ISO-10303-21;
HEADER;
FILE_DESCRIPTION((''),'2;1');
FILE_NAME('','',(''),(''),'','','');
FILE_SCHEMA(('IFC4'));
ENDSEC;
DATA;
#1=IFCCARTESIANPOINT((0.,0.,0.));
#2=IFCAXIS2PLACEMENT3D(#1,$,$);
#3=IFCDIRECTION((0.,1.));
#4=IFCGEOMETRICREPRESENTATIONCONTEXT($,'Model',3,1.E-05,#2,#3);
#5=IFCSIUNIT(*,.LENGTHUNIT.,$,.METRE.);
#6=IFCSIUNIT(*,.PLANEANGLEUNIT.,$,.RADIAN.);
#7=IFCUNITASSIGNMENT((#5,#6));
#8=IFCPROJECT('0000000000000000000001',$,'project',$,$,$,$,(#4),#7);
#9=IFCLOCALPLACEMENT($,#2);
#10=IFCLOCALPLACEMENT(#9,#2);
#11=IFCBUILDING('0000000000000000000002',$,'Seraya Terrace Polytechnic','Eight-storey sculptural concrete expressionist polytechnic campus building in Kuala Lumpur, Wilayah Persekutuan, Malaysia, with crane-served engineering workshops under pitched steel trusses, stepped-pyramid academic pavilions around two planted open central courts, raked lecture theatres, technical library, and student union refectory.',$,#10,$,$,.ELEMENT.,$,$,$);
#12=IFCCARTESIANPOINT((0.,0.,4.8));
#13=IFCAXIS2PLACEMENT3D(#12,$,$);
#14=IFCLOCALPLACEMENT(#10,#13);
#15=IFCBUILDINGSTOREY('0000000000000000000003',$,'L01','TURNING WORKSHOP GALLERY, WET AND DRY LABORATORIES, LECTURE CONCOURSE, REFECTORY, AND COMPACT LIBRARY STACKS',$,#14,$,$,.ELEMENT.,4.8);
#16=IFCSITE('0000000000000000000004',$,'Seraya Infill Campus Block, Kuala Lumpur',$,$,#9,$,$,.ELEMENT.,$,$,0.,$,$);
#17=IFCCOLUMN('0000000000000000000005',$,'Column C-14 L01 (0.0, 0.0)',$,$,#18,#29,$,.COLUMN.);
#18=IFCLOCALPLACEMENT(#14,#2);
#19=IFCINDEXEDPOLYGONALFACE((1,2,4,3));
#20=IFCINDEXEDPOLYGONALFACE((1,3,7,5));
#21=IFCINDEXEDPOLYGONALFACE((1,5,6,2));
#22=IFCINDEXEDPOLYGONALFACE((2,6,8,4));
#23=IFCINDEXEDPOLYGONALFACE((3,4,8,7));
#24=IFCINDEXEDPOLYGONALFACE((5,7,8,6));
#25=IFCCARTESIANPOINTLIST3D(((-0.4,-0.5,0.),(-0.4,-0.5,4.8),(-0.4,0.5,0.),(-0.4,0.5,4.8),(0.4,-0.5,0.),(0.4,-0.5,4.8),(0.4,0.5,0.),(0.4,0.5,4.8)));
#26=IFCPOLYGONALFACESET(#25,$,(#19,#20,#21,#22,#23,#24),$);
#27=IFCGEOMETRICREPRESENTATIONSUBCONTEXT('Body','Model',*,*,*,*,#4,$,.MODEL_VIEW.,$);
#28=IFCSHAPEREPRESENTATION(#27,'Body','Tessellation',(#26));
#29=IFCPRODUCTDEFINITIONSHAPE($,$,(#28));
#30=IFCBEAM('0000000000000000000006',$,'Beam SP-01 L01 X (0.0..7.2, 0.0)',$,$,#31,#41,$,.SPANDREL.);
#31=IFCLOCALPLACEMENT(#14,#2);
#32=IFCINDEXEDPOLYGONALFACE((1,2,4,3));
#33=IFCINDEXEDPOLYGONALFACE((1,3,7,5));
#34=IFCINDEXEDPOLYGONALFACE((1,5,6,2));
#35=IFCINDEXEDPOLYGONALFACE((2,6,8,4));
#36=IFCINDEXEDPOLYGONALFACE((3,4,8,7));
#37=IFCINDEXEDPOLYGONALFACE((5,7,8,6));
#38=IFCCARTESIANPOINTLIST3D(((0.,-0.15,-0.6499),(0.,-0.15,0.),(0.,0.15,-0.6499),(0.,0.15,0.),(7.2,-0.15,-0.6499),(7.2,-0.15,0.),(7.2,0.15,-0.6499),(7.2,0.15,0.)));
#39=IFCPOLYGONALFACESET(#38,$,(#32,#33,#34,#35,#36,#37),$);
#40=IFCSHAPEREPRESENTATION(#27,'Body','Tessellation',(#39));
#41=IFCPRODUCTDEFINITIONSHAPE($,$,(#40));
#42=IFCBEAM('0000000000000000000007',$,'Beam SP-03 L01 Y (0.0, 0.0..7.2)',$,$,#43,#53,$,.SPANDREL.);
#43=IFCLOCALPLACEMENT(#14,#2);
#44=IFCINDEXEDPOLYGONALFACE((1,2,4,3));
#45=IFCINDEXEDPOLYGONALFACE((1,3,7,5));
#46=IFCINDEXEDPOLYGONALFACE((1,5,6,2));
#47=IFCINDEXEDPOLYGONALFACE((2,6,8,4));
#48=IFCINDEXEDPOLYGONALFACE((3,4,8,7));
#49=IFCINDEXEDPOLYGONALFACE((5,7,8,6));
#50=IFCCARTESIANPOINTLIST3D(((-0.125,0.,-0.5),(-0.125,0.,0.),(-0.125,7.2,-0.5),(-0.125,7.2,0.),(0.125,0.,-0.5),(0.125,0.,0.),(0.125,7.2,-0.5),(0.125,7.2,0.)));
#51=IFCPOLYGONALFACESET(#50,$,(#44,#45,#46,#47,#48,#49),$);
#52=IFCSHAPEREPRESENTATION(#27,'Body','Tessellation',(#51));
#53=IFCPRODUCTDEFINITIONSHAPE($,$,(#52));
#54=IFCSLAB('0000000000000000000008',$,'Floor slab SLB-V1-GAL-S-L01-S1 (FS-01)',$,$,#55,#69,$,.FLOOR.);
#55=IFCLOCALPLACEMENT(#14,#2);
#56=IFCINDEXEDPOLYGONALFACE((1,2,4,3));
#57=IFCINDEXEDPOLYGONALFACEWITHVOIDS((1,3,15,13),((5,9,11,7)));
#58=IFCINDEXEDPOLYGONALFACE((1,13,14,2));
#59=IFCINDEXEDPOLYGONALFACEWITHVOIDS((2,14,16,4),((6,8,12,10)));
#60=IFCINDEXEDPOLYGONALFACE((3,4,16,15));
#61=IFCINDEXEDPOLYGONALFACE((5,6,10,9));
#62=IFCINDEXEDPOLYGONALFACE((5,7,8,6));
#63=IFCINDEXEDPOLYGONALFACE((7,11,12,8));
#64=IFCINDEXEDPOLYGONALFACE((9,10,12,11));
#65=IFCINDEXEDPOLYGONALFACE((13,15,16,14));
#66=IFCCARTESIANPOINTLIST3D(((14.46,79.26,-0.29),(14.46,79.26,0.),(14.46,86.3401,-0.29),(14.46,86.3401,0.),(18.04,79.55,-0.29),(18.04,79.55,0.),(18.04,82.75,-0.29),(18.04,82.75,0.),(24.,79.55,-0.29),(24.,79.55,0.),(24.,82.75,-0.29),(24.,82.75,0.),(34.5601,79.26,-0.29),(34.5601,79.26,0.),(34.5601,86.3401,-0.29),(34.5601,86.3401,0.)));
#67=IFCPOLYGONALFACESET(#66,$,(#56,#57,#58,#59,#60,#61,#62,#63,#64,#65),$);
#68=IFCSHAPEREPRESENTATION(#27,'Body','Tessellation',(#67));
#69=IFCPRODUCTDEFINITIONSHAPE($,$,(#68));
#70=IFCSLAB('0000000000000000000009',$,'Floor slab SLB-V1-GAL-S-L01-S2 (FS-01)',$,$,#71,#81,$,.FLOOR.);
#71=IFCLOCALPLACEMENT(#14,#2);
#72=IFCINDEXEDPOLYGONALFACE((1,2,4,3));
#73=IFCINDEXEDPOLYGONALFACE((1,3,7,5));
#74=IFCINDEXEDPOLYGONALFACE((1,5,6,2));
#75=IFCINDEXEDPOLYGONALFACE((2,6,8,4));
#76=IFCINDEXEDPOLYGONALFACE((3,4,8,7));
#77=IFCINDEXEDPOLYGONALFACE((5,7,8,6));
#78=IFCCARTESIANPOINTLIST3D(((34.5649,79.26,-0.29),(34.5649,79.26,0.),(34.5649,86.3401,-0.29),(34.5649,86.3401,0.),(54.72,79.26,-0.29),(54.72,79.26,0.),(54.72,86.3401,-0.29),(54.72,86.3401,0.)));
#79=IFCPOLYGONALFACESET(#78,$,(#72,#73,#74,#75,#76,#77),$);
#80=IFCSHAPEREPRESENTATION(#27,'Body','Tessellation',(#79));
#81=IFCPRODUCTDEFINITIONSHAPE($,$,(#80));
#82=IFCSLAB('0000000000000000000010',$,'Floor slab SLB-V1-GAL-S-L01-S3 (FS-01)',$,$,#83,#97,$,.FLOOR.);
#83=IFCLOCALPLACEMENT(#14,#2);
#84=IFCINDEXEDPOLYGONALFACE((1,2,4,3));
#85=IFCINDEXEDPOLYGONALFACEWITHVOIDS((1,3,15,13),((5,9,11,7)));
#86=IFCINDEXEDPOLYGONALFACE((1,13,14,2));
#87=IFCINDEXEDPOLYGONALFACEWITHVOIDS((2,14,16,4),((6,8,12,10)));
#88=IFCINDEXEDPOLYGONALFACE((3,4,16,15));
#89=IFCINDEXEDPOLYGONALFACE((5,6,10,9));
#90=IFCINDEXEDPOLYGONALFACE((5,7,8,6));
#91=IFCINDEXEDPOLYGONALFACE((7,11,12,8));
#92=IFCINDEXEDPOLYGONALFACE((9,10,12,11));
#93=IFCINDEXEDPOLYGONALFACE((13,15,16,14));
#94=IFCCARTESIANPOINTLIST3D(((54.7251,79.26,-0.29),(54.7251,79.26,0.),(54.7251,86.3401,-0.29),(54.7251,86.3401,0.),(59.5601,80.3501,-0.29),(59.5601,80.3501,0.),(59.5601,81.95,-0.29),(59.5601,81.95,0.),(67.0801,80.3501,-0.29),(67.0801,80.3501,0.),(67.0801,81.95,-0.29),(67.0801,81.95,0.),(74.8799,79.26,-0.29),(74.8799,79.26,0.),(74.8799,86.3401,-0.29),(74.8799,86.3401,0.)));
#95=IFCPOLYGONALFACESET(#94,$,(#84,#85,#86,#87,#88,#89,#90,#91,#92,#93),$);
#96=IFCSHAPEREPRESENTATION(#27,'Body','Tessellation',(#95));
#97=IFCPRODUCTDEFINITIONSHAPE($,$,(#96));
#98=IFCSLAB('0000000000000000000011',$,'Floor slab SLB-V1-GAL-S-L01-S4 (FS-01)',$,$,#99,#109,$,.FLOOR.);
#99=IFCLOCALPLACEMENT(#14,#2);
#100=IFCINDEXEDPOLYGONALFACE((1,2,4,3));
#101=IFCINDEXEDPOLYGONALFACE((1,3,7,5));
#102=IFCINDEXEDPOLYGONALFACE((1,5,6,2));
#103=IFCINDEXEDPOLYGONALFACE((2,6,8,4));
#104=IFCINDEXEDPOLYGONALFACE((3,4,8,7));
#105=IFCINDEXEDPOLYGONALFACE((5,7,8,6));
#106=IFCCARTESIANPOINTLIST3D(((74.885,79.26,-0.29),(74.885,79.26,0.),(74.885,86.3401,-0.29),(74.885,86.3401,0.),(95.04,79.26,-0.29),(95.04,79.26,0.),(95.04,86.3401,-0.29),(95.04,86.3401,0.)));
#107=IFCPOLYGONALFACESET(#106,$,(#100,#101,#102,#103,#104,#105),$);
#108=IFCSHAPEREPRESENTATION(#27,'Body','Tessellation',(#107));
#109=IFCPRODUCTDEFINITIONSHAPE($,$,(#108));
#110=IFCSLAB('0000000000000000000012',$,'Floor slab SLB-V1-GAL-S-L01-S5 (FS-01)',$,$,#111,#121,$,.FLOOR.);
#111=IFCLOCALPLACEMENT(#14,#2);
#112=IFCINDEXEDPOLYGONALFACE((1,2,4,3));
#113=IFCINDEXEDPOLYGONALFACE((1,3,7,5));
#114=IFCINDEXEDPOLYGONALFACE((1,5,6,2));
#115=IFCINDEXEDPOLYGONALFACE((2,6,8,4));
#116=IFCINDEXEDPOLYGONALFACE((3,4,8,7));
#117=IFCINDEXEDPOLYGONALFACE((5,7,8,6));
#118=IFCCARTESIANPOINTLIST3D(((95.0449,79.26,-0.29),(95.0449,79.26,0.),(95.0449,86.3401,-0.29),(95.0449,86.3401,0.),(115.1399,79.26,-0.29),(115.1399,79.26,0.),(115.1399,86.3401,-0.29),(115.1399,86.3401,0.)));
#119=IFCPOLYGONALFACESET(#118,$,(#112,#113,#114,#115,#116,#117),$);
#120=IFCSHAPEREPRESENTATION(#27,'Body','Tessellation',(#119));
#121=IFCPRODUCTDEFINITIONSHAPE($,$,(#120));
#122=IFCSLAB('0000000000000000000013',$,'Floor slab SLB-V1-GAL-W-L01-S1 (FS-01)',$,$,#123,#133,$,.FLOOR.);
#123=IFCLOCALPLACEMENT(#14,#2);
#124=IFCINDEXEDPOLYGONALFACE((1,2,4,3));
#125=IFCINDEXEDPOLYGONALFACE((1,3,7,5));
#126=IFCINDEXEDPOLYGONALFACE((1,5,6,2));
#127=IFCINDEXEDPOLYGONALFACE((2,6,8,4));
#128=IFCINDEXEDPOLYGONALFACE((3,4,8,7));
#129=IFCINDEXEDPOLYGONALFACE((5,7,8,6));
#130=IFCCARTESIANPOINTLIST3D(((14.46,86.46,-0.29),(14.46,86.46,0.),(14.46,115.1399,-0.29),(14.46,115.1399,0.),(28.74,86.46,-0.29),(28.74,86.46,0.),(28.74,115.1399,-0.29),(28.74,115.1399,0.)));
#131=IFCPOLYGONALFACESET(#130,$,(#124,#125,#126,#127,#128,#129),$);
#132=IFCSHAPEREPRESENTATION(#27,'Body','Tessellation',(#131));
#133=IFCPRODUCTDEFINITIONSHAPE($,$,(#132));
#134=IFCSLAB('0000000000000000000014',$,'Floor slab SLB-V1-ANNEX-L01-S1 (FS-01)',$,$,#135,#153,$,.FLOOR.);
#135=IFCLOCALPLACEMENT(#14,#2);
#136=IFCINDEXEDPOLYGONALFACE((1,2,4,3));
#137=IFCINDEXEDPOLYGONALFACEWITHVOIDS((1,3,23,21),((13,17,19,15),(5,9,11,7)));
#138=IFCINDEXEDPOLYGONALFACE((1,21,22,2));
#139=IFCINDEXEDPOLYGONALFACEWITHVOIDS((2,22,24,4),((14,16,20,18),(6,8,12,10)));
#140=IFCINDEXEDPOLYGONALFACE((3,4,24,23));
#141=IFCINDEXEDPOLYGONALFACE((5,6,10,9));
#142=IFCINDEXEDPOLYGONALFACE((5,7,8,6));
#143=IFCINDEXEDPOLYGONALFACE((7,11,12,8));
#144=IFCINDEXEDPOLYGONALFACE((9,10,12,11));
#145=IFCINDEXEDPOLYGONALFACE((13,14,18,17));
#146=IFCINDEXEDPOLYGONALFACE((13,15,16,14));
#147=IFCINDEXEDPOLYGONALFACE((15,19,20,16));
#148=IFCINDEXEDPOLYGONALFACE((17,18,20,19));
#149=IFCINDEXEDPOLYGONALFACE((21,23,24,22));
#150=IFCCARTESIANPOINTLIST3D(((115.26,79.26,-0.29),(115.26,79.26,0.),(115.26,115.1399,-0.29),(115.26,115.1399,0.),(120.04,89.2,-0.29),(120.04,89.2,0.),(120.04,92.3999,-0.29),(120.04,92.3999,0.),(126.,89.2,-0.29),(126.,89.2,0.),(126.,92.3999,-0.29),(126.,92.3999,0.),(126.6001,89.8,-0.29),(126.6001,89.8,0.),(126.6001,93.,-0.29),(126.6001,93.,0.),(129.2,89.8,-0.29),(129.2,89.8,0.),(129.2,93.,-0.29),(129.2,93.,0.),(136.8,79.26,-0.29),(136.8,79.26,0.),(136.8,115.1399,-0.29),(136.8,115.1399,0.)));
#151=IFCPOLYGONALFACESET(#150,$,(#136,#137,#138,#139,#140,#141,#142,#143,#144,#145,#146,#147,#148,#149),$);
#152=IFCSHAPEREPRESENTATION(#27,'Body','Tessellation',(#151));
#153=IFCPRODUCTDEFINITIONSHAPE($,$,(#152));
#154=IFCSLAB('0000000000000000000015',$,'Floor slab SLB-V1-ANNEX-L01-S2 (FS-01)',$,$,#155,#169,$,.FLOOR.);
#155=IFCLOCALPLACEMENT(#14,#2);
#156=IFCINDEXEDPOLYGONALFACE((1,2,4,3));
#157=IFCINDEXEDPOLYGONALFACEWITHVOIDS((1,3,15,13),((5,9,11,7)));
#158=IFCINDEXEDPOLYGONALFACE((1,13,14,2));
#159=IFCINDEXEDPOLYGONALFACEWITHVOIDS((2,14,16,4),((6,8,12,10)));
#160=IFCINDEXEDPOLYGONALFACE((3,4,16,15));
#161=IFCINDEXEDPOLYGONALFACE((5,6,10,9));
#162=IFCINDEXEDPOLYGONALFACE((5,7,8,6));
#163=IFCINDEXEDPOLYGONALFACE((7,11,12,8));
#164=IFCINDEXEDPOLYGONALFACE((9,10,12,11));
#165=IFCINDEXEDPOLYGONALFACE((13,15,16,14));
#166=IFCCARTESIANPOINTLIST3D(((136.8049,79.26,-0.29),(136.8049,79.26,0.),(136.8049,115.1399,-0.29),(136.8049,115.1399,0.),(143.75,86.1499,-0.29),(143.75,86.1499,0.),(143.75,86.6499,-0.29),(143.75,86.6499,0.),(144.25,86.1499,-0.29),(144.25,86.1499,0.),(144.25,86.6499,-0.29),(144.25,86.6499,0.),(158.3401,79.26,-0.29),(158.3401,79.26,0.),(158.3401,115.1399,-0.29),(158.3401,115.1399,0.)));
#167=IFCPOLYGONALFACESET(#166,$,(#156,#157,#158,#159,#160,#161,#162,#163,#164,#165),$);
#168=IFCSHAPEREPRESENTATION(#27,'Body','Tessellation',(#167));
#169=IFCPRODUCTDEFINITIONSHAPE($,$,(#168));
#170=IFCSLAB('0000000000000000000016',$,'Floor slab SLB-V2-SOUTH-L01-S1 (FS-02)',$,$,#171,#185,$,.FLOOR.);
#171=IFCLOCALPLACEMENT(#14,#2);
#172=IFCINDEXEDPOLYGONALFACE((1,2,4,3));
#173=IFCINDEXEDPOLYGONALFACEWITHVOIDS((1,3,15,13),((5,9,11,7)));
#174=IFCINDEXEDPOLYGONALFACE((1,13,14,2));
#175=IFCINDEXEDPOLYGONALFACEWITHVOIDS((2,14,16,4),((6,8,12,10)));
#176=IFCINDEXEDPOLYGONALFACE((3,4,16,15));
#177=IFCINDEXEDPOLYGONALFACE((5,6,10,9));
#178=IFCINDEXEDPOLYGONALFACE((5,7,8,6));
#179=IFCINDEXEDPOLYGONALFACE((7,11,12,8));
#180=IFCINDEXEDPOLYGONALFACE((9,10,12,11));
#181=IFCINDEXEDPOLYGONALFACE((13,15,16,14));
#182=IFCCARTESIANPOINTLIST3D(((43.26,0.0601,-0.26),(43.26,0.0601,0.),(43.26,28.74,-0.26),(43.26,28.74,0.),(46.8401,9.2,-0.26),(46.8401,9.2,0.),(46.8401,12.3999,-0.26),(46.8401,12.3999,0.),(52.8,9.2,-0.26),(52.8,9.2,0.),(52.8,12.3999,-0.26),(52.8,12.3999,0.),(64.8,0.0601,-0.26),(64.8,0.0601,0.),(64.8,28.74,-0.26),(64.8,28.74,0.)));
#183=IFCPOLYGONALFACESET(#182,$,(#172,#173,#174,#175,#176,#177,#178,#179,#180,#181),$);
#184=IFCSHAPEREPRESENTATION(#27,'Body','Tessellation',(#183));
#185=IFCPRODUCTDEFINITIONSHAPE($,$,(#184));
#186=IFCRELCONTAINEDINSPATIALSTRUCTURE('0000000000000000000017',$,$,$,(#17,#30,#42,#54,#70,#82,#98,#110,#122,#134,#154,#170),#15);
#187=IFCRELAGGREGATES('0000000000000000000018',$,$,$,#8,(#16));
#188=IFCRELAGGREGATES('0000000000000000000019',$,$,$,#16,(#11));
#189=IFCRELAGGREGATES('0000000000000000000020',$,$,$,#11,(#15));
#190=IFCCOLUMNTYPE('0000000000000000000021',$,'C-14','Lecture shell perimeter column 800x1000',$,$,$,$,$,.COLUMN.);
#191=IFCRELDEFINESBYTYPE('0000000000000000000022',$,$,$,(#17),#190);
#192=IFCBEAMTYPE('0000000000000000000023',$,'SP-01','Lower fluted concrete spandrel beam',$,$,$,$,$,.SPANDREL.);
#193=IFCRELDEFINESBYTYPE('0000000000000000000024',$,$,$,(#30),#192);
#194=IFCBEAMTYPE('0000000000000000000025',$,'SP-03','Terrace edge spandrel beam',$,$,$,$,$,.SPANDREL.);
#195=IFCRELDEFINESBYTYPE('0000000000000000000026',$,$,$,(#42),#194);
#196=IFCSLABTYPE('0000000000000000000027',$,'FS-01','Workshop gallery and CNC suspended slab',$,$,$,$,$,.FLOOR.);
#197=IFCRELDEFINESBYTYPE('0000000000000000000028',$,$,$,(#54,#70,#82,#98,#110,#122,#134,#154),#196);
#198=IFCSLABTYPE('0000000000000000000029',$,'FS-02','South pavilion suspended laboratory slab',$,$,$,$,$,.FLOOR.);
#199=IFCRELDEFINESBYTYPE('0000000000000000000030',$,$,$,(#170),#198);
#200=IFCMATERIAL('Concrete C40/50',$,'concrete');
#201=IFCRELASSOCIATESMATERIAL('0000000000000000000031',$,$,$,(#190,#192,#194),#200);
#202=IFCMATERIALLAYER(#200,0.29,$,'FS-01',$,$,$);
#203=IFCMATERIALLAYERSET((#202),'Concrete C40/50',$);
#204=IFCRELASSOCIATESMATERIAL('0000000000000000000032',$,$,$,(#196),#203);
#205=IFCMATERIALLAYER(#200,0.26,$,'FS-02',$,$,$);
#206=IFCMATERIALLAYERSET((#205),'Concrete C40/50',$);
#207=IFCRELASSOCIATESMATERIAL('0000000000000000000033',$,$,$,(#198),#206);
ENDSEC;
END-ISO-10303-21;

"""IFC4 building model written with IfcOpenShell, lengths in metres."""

from ifc_helpers import new_model, si_unit, direction, frame, origin, origin_with_axes, origin_2d, place, context, subcontext, project, spatial, polyline, rectangle, outline, extrude, material, layer, layer_set, material_profile, profile_set, type_object, element, save


model = new_model("IFC4")

# Units and contexts
model_context = context("Model", 3, precision=1e-05, world=origin(), true_north=direction((0.0, 1.0)))
body_context = subcontext(model_context, "Body", "Model", "MODEL_VIEW")
ifc_project = project(units=[si_unit("LENGTHUNIT", "METRE"), si_unit("PLANEANGLEUNIT", "RADIAN")], contexts=[model_context])

# Site, building, storey
site_placement = place(None, origin())
site = spatial("IfcSite", under=ifc_project, at=site_placement, Name="Seraya Infill Campus Block, Kuala Lumpur", CompositionType="ELEMENT", RefElevation=0.0)
building_placement = place(site_placement, origin())
building = spatial("IfcBuilding", under=site, at=building_placement, Name="Seraya Terrace Polytechnic", Description="Eight-storey sculptural concrete expressionist polytechnic campus building in Kuala Lumpur, Wilayah Persekutuan, Malaysia, with crane-served engineering workshops under pitched steel trusses, stepped-pyramid academic pavilions around two planted open central courts, raked lecture theatres, technical library, and student union refectory.", CompositionType="ELEMENT")
storey_placement = place(building_placement, frame((0.0, 0.0, 4.8)))
storey = spatial("IfcBuildingStorey", under=building, at=storey_placement, Name="L01", Description="TURNING WORKSHOP GALLERY, WET AND DRY LABORATORIES, LECTURE CONCOURSE, REFECTORY, AND COMPACT LIBRARY STACKS", CompositionType="ELEMENT", Elevation=4.8)

# Column
ifc_material = material(Name="Concrete C40/50", Category="concrete")
ifc_material_profile_1 = material_profile(ifc_material, rectangle(XDim=0.8, YDim=1.0, at=origin_2d()), Name="RC 800x1000")
ifc_profile_set_1 = profile_set([ifc_material_profile_1], Name="Concrete C40/50")
column_type = type_object("IfcColumnType", Name="C-14", Description="Lecture shell perimeter column 800x1000", PredefinedType="COLUMN", material=ifc_profile_set_1)
column_placement = place(storey_placement, origin_with_axes())
element("IfcColumn", 1, at=column_placement, inside=storey, type_object=column_type, Name="Column C-14 L01 (0.0, 0.0)", PredefinedType="COLUMN", context=body_context, shape_type="SweptSolid", body=[
    extrude(rectangle(XDim=0.8, YDim=1.0, at=origin_2d()), origin(), (0.0, 0.0, 1.0), 4.8),
])

# Beams
ifc_material_profile_2 = material_profile(ifc_material, rectangle(XDim=0.3, YDim=0.6499, at=origin_2d()), Name="RC 300x650")
ifc_profile_set_2 = profile_set([ifc_material_profile_2], Name="Concrete C40/50")
beam_type_1 = type_object("IfcBeamType", Name="SP-01", Description="Lower fluted concrete spandrel beam", PredefinedType="SPANDREL", material=ifc_profile_set_2)
beam_1_placement = place(storey_placement, frame((0.0, 0.0, -0.325), z_axis=(1.0, 0.0, 0.0), x_axis=(0.0, 1.0, 0.0)))
element("IfcBeam", 2, at=beam_1_placement, inside=storey, type_object=beam_type_1, Name="Beam SP-01 L01 X (0.0..7.2, 0.0)", PredefinedType="SPANDREL", context=body_context, shape_type="SweptSolid", body=[
    extrude(rectangle(XDim=0.3, YDim=0.6499, at=origin_2d()), origin(), (0.0, 0.0, 1.0), 7.2),
])
ifc_material_profile_3 = material_profile(ifc_material, rectangle(XDim=0.25, YDim=0.5, at=origin_2d()), Name="RC 250x500")
ifc_profile_set_3 = profile_set([ifc_material_profile_3], Name="Concrete C40/50")
beam_type_2 = type_object("IfcBeamType", Name="SP-03", Description="Terrace edge spandrel beam", PredefinedType="SPANDREL", material=ifc_profile_set_3)
beam_2_placement = place(storey_placement, frame((0.0, 0.0, -0.25), z_axis=(0.0, 1.0, 0.0), x_axis=(-1.0, 0.0, 0.0)))
element("IfcBeam", 3, at=beam_2_placement, inside=storey, type_object=beam_type_2, Name="Beam SP-03 L01 Y (0.0, 0.0..7.2)", PredefinedType="SPANDREL", context=body_context, shape_type="SweptSolid", body=[
    extrude(rectangle(XDim=0.25, YDim=0.5, at=origin_2d()), origin(), (0.0, 0.0, 1.0), 7.2),
])

# Slabs
ifc_layer_1 = layer(ifc_material, 0.29, Name="FS-01")
ifc_layer_set_1 = layer_set([ifc_layer_1], Name="Concrete C40/50")
slab_type_1 = type_object("IfcSlabType", Name="FS-01", Description="Workshop gallery and CNC suspended slab", PredefinedType="FLOOR", material=ifc_layer_set_1)
slab_1_placement = place(storey_placement, frame((0.0, 0.0, -0.29)))
element("IfcSlab", 4, at=slab_1_placement, inside=storey, type_object=slab_type_1, Name="Floor slab SLB-V1-GAL-S-L01-S1 (FS-01)", PredefinedType="FLOOR", context=body_context, shape_type="SweptSolid", body=[
    extrude(outline(polyline([(14.46, 79.26), (14.46, 86.3401), (34.5601, 86.3401), (34.5601, 79.26), (14.46, 79.26)]), holes=[polyline([(24.0, 79.55), (24.0, 82.75), (18.04, 82.75), (18.04, 79.55), (24.0, 79.55)])]), origin(), (0.0, 0.0, 1.0), 0.29),
])
slab_2_placement = place(storey_placement, frame((0.0, 0.0, -0.29)))
element("IfcSlab", 5, at=slab_2_placement, inside=storey, type_object=slab_type_1, Name="Floor slab SLB-V1-GAL-S-L01-S2 (FS-01)", PredefinedType="FLOOR", context=body_context, shape_type="SweptSolid", body=[
    extrude(outline(polyline([(54.72, 86.3401), (54.72, 79.26), (34.5649, 79.26), (34.5649, 86.3401), (54.72, 86.3401)])), origin(), (0.0, 0.0, 1.0), 0.29),
])
slab_3_placement = place(storey_placement, frame((0.0, 0.0, -0.29)))
element("IfcSlab", 6, at=slab_3_placement, inside=storey, type_object=slab_type_1, Name="Floor slab SLB-V1-GAL-S-L01-S3 (FS-01)", PredefinedType="FLOOR", context=body_context, shape_type="SweptSolid", body=[
    extrude(outline(polyline([(74.8799, 86.3401), (74.8799, 79.26), (54.7251, 79.26), (54.7251, 86.3401), (74.8799, 86.3401)]), holes=[polyline([(67.0801, 81.95), (59.5601, 81.95), (59.5601, 80.3501), (67.0801, 80.3501), (67.0801, 81.95)])]), origin(), (0.0, 0.0, 1.0), 0.29),
])
slab_4_placement = place(storey_placement, frame((0.0, 0.0, -0.29)))
element("IfcSlab", 7, at=slab_4_placement, inside=storey, type_object=slab_type_1, Name="Floor slab SLB-V1-GAL-S-L01-S4 (FS-01)", PredefinedType="FLOOR", context=body_context, shape_type="SweptSolid", body=[
    extrude(outline(polyline([(95.04, 86.3401), (95.04, 79.26), (74.885, 79.26), (74.885, 86.3401), (95.04, 86.3401)])), origin(), (0.0, 0.0, 1.0), 0.29),
])
slab_5_placement = place(storey_placement, frame((0.0, 0.0, -0.29)))
element("IfcSlab", 8, at=slab_5_placement, inside=storey, type_object=slab_type_1, Name="Floor slab SLB-V1-GAL-S-L01-S5 (FS-01)", PredefinedType="FLOOR", context=body_context, shape_type="SweptSolid", body=[
    extrude(outline(polyline([(115.1399, 86.3401), (115.1399, 79.26), (95.0449, 79.26), (95.0449, 86.3401), (115.1399, 86.3401)])), origin(), (0.0, 0.0, 1.0), 0.29),
])
slab_6_placement = place(storey_placement, frame((0.0, 0.0, -0.29)))
element("IfcSlab", 9, at=slab_6_placement, inside=storey, type_object=slab_type_1, Name="Floor slab SLB-V1-GAL-W-L01-S1 (FS-01)", PredefinedType="FLOOR", context=body_context, shape_type="SweptSolid", body=[
    extrude(outline(polyline([(14.46, 115.1399), (28.74, 115.1399), (28.74, 86.46), (14.46, 86.46), (14.46, 115.1399)])), origin(), (0.0, 0.0, 1.0), 0.29),
])
slab_7_placement = place(storey_placement, frame((0.0, 0.0, -0.29)))
element("IfcSlab", 10, at=slab_7_placement, inside=storey, type_object=slab_type_1, Name="Floor slab SLB-V1-ANNEX-L01-S1 (FS-01)", PredefinedType="FLOOR", context=body_context, shape_type="SweptSolid", body=[
    extrude(outline(polyline([(115.26, 115.1399), (136.8, 115.1399), (136.8, 79.26), (115.26, 79.26), (115.26, 115.1399)]), holes=[polyline([(126.0, 92.3999), (120.04, 92.3999), (120.04, 89.2), (126.0, 89.2), (126.0, 92.3999)]), polyline([(129.2, 93.0), (126.6001, 93.0), (126.6001, 89.8), (129.2, 89.8), (129.2, 93.0)])]), origin(), (0.0, 0.0, 1.0), 0.29),
])
slab_8_placement = place(storey_placement, frame((0.0, 0.0, -0.29)))
element("IfcSlab", 11, at=slab_8_placement, inside=storey, type_object=slab_type_1, Name="Floor slab SLB-V1-ANNEX-L01-S2 (FS-01)", PredefinedType="FLOOR", context=body_context, shape_type="SweptSolid", body=[
    extrude(outline(polyline([(158.3401, 115.1399), (158.3401, 79.26), (136.8049, 79.26), (136.8049, 115.1399), (158.3401, 115.1399)]), holes=[polyline([(143.75, 86.6499), (143.75, 86.1499), (144.25, 86.1499), (144.25, 86.6499), (143.75, 86.6499)])]), origin(), (0.0, 0.0, 1.0), 0.29),
])
ifc_layer_2 = layer(ifc_material, 0.26, Name="FS-02")
ifc_layer_set_2 = layer_set([ifc_layer_2], Name="Concrete C40/50")
slab_type_2 = type_object("IfcSlabType", Name="FS-02", Description="South pavilion suspended laboratory slab", PredefinedType="FLOOR", material=ifc_layer_set_2)
slab_9_placement = place(storey_placement, frame((0.0, 0.0, -0.26)))
element("IfcSlab", 12, at=slab_9_placement, inside=storey, type_object=slab_type_2, Name="Floor slab SLB-V2-SOUTH-L01-S1 (FS-02)", PredefinedType="FLOOR", context=body_context, shape_type="SweptSolid", body=[
    extrude(outline(polyline([(43.26, 28.74), (64.8, 28.74), (64.8, 0.0601), (43.26, 0.0601), (43.26, 28.74)]), holes=[polyline([(46.8401, 12.3999), (46.8401, 9.2), (52.8, 9.2), (52.8, 12.3999), (46.8401, 12.3999)])]), origin(), (0.0, 0.0, 1.0), 0.26),
])

save(model, "model.ifc")
